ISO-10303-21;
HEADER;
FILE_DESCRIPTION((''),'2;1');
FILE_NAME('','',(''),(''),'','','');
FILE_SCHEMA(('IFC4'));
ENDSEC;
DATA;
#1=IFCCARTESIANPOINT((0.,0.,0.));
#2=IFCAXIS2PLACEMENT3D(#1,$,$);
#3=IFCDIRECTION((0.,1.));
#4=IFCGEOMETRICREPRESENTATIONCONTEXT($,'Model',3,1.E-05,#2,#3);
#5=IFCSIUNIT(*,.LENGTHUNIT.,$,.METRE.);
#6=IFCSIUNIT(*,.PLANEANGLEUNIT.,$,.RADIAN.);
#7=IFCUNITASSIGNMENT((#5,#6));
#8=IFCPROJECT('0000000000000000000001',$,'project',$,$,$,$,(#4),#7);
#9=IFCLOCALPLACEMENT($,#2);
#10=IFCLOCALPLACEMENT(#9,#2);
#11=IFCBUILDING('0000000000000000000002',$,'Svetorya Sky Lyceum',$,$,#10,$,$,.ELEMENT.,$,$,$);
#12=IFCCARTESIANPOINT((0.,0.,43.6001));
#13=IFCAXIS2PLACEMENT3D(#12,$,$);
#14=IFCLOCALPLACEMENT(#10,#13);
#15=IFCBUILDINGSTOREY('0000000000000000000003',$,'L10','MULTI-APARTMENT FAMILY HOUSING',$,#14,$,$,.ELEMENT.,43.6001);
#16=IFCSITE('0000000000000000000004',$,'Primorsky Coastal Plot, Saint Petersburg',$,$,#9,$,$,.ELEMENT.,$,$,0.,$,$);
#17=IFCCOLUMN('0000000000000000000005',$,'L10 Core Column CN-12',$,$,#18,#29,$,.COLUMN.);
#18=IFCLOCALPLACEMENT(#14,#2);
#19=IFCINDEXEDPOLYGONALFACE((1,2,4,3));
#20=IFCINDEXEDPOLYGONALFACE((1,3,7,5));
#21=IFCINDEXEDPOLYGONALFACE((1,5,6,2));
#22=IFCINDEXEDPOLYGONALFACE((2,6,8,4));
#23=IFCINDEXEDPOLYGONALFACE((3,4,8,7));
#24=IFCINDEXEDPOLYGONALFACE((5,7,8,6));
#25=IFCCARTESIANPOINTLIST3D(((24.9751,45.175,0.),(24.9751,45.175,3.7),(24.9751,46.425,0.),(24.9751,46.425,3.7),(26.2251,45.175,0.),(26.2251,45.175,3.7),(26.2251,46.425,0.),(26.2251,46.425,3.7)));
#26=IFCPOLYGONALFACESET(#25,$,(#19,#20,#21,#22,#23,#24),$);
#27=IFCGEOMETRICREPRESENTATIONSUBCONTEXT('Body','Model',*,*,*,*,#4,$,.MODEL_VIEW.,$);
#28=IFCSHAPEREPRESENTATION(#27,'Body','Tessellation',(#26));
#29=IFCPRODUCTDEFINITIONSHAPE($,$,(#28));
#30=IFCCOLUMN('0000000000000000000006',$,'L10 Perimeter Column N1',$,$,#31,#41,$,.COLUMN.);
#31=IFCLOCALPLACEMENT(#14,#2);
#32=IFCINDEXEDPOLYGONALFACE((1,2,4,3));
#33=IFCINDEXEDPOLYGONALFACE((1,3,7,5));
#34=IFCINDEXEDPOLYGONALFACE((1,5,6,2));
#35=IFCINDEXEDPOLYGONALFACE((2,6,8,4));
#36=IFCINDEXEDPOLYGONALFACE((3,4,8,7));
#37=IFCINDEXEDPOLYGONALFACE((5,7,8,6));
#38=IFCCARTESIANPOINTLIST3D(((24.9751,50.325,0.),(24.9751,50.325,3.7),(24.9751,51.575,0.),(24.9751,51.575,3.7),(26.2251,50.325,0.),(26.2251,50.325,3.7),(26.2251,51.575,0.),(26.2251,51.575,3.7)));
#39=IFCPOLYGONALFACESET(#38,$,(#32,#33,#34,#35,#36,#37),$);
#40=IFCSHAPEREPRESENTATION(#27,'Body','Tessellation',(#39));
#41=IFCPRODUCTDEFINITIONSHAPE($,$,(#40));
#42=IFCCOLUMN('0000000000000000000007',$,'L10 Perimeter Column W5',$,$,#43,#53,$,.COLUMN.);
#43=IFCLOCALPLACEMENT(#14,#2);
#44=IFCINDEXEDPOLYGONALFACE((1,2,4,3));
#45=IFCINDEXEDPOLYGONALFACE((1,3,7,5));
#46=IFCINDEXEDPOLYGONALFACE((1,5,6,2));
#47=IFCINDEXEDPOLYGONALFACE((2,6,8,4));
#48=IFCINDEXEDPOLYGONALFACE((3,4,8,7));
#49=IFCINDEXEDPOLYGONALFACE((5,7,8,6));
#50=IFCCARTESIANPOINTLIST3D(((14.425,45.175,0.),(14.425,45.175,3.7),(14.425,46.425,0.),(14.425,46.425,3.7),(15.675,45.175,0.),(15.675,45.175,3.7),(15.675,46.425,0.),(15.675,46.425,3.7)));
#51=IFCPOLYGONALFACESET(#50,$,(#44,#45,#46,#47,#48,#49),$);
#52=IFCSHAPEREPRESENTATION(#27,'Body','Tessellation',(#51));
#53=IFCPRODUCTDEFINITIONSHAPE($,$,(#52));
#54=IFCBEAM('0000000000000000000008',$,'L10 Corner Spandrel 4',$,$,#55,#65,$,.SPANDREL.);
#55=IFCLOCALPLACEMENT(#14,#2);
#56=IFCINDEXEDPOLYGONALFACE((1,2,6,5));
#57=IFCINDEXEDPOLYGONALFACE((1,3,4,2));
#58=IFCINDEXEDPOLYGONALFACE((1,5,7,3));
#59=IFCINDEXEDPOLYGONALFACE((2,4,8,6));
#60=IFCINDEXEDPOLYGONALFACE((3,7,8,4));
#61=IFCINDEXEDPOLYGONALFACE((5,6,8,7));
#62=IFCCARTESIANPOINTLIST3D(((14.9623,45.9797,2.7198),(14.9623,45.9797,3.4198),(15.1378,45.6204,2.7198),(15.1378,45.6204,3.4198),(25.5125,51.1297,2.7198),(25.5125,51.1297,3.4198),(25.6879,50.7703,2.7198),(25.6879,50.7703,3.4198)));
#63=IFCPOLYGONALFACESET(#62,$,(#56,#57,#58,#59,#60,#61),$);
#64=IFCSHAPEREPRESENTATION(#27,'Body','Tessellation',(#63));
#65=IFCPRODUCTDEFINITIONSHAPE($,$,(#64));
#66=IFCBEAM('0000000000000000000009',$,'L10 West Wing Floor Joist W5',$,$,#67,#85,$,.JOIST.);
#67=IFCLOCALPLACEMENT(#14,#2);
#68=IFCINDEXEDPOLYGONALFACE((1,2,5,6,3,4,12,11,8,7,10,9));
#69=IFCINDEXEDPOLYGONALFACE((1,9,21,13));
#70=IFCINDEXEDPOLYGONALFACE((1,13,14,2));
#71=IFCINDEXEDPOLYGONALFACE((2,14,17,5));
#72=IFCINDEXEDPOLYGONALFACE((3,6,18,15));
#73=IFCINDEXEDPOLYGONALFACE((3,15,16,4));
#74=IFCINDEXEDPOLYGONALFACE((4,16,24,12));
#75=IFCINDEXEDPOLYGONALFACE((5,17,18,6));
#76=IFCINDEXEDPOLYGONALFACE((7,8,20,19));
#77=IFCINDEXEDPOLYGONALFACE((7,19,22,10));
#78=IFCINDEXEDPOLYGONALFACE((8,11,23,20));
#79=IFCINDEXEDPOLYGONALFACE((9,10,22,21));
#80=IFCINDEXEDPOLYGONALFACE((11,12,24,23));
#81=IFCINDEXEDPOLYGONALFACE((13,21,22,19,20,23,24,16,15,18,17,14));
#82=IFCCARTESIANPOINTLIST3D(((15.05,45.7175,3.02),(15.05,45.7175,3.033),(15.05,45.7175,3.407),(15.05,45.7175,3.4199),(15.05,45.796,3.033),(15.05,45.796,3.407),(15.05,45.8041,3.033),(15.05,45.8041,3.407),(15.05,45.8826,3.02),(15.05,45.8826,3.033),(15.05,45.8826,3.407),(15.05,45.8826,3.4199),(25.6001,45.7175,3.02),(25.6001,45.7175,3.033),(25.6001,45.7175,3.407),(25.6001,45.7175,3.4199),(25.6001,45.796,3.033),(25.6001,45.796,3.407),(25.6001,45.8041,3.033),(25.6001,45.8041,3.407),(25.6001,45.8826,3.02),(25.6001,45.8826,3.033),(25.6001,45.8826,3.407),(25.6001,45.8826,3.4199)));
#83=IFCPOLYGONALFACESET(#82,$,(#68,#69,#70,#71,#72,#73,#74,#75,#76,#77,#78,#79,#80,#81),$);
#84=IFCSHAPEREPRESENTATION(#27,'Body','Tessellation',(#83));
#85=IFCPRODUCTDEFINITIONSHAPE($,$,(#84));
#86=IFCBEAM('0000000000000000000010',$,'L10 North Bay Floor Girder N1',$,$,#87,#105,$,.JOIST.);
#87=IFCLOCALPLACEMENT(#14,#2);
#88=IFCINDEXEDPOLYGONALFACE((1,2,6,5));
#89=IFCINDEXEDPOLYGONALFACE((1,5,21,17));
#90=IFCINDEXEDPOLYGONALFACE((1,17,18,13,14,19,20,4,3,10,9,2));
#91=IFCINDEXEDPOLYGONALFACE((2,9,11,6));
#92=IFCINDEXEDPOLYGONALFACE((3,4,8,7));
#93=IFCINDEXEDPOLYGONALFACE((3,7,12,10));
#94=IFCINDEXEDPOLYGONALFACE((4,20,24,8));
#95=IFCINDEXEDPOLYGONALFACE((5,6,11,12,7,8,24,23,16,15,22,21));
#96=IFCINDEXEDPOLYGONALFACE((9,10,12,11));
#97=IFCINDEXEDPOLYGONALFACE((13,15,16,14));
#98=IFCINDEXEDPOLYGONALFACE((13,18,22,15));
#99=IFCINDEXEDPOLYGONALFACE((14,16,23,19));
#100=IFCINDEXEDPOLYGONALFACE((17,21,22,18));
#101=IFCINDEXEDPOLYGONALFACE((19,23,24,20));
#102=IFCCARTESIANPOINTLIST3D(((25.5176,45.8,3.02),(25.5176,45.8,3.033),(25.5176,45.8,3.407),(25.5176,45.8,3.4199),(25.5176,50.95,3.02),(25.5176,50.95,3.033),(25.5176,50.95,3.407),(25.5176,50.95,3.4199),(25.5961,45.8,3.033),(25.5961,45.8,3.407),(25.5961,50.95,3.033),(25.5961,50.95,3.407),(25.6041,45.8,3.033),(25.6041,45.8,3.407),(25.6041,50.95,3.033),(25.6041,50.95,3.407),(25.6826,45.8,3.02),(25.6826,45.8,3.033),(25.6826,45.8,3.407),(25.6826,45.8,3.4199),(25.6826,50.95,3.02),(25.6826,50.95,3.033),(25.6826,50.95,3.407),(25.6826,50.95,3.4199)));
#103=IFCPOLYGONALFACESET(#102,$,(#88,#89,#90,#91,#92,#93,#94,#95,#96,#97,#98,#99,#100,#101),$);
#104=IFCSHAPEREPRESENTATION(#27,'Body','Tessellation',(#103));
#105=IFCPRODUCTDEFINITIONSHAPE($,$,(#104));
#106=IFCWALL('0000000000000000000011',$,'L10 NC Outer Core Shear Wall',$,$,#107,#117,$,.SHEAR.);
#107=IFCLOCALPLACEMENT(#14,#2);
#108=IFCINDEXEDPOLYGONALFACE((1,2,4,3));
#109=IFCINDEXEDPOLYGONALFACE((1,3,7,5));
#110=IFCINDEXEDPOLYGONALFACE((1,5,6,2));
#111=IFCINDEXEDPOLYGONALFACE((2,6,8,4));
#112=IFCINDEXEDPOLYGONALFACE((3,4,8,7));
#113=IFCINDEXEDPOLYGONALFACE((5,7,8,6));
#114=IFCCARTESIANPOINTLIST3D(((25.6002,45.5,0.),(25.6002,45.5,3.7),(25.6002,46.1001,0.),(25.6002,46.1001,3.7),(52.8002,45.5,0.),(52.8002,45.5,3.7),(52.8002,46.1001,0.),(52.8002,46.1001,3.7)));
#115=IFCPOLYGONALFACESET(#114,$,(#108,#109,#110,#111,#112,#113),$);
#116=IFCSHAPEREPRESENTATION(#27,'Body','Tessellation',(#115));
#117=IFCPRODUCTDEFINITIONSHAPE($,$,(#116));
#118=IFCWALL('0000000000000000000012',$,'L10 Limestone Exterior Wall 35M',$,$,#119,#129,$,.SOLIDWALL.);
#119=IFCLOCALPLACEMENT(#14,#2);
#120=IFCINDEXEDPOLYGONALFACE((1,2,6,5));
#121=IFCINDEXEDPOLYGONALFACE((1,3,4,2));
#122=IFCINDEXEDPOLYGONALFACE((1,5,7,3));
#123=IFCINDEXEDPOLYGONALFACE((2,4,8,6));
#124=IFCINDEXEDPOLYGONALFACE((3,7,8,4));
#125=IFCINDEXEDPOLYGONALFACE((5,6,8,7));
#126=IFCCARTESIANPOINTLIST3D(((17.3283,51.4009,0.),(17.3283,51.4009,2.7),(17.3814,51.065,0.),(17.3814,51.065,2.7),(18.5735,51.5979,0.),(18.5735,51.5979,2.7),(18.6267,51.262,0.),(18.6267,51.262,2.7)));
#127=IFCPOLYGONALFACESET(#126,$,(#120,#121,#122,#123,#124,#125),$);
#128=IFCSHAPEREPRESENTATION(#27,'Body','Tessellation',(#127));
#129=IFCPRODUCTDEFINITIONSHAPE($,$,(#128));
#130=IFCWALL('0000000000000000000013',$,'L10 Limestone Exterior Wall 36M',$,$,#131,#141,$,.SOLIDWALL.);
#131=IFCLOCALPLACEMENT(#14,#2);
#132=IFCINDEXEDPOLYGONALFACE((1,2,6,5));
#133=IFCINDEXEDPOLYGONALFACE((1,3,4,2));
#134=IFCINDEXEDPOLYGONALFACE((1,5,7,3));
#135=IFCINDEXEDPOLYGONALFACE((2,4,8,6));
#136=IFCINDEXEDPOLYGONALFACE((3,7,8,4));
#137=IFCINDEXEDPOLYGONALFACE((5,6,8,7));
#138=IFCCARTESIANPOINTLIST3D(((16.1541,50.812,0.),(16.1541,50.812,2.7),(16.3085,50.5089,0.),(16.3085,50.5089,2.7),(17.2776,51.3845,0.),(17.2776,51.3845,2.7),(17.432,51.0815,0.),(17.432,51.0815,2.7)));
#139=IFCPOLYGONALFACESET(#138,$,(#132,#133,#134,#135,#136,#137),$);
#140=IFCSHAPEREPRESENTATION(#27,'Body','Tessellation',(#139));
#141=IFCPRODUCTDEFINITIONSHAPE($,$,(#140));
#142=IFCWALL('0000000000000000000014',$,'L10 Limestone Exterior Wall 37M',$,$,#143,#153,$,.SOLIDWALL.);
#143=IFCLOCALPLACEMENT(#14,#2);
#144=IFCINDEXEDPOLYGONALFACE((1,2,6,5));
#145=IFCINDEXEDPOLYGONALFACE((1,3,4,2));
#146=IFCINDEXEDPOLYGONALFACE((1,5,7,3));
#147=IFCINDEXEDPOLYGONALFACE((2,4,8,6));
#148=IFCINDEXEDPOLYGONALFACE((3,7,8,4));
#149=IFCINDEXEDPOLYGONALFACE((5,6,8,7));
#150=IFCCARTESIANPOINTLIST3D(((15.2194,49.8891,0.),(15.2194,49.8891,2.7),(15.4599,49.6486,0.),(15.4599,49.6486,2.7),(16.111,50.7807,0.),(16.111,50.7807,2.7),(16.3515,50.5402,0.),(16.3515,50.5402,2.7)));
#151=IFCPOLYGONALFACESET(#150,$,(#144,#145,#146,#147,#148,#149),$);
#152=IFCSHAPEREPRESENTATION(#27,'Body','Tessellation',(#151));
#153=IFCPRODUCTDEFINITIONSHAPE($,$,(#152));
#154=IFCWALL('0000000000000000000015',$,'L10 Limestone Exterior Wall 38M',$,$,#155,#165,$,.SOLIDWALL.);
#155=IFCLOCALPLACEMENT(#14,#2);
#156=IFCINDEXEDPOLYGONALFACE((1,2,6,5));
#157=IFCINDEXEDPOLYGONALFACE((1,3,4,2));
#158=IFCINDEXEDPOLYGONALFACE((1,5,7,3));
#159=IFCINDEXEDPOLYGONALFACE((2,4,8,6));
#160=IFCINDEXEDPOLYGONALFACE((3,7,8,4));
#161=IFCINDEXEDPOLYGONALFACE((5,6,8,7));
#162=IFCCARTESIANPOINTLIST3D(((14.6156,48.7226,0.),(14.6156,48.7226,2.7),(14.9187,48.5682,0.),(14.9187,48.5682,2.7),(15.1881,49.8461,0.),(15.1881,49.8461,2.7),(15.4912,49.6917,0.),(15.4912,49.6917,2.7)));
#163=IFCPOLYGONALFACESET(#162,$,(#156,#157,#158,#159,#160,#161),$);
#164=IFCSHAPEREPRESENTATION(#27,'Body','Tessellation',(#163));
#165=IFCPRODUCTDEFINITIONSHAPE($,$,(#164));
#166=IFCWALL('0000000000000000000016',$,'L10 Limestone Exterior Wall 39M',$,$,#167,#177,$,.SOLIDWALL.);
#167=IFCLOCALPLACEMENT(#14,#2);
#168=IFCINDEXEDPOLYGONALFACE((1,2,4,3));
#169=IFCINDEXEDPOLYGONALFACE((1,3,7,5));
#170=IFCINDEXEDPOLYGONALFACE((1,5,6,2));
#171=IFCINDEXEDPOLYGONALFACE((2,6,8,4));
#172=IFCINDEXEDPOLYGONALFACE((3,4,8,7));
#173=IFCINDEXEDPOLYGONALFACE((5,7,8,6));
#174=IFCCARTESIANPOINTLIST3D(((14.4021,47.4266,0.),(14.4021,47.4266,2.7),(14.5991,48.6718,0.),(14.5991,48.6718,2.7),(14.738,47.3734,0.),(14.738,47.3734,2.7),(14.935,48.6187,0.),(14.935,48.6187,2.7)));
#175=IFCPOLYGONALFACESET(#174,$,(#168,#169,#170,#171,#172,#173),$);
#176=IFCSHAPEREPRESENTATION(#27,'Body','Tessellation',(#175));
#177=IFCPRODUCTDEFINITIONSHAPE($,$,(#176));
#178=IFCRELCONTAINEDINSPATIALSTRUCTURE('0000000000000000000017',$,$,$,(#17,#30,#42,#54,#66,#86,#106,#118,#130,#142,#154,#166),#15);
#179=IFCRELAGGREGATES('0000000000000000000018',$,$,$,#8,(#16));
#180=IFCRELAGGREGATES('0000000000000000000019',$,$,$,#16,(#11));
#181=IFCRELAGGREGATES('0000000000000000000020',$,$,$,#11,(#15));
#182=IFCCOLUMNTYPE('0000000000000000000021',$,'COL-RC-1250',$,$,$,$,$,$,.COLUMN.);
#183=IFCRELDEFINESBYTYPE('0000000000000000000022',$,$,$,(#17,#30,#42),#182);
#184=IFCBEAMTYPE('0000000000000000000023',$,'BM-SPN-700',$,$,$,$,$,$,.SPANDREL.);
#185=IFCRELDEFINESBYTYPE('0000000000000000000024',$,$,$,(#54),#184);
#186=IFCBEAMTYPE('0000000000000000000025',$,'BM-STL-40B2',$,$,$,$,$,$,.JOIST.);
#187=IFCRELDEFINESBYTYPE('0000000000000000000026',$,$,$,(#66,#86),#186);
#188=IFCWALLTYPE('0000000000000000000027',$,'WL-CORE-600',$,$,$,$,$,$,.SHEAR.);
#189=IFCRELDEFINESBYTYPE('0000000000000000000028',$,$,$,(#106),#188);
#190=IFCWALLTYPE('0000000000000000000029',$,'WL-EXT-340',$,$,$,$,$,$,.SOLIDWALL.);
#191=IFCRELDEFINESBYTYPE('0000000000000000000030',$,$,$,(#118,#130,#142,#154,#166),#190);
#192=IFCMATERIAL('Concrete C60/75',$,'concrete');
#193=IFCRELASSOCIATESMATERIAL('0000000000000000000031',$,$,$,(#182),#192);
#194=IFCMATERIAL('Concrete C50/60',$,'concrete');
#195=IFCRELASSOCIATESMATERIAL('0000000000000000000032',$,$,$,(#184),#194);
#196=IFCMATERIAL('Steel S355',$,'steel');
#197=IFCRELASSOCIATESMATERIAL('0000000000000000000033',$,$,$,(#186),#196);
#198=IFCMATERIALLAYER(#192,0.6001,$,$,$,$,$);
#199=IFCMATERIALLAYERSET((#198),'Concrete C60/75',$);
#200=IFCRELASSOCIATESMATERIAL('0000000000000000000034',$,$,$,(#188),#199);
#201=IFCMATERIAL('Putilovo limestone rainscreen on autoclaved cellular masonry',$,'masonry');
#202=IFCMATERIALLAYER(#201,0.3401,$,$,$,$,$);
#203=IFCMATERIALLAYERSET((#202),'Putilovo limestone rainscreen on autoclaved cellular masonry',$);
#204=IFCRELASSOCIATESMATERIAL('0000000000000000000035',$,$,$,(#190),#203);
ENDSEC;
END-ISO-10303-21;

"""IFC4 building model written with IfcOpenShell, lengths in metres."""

from ifc_helpers import new_model, si_unit, direction, frame, frame_2d, origin, origin_2d, place, context, subcontext, project, spatial, rectangle, i_section, extrude, material, layer, layer_set, material_profile, profile_set, type_object, element, save


model = new_model("IFC4")

# Units and contexts
model_context = context("Model", 3, precision=1e-05, world=origin(), true_north=direction((0.0, 1.0)))
body_context = subcontext(model_context, "Body", "Model", "MODEL_VIEW")
ifc_project = project(units=[si_unit("LENGTHUNIT", "METRE"), si_unit("PLANEANGLEUNIT", "RADIAN")], contexts=[model_context])

# Site, building, storey
site_placement = place(None, origin())
site = spatial("IfcSite", under=ifc_project, at=site_placement, Name="Primorsky Coastal Plot, Saint Petersburg", CompositionType="ELEMENT", RefElevation=0.0)
building_placement = place(site_placement, origin())
building = spatial("IfcBuilding", under=site, at=building_placement, Name="Svetorya Sky Lyceum", CompositionType="ELEMENT")
storey_placement = place(building_placement, frame((0.0, 0.0, 43.6001)))
storey = spatial("IfcBuildingStorey", under=building, at=storey_placement, Name="L10", Description="MULTI-APARTMENT FAMILY HOUSING", CompositionType="ELEMENT", Elevation=43.6001)

# Columns
ifc_material_1 = material(Name="Concrete C60/75", Category="concrete")
ifc_material_profile_1 = material_profile(ifc_material_1, rectangle(XDim=1.25, YDim=1.25, at=origin_2d()), Name="RC COL 1250x1250")
ifc_profile_set_1 = profile_set([ifc_material_profile_1], Name="Concrete C60/75")
column_type = type_object("IfcColumnType", Name="COL-RC-1250", PredefinedType="COLUMN", material=ifc_profile_set_1)
for number, where, z_axis, x_axis, name in (
    (1, (25.6001, 45.8, 0.0), (0.0, 0.0, 1.0), (1.0, 0.0, 0.0), "L10 Core Column CN-12"),
    (2, (25.6001, 50.95, 0.0), (0.0, 0.0, 1.0), (1.0, 0.0, 0.0), "L10 Perimeter Column N1"),
    (3, (15.05, 45.8, 0.0), (0.0, 0.0, 1.0), (1.0, 0.0, 0.0), "L10 Perimeter Column W5"),
):
    element("IfcColumn", number, at=place(storey_placement, frame(where, z_axis=z_axis, x_axis=x_axis)), inside=storey, type_object=column_type, Name=name, PredefinedType="COLUMN", context=body_context, shape_type="SweptSolid", body=[
        extrude(rectangle(XDim=1.25, YDim=1.25, at=origin_2d()), origin(), (0.0, 0.0, 1.0), 3.7),
    ])

# Beams
ifc_material_2 = material(Name="Concrete C50/60", Category="concrete")
ifc_material_profile_2 = material_profile(ifc_material_2, rectangle(XDim=0.3999, YDim=0.7, at=origin_2d()), Name="RC SPANDREL 400x700")
ifc_profile_set_2 = profile_set([ifc_material_profile_2], Name="Concrete C50/60")
beam_type_1 = type_object("IfcBeamType", Name="BM-SPN-700", PredefinedType="SPANDREL", material=ifc_profile_set_2)
beam_1_placement = place(storey_placement, frame((15.05, 45.8, 3.0698), z_axis=(0.89865, 0.438667, 0.0), x_axis=(-0.438667, 0.89865, 0.0)))
element("IfcBeam", 4, at=beam_1_placement, inside=storey, type_object=beam_type_1, Name="L10 Corner Spandrel 4", PredefinedType="SPANDREL", context=body_context, shape_type="SweptSolid", body=[
    extrude(rectangle(XDim=0.3999, YDim=0.7, at=origin_2d()), origin(), (0.0, 0.0, 1.0), 11.74),
])
ifc_material_3 = material(Name="Steel S355", Category="steel")
ifc_material_profile_3 = material_profile(ifc_material_3, i_section(OverallWidth=0.165, OverallDepth=0.3999, WebThickness=0.0081, FlangeThickness=0.0129, at=origin_2d()), Name="GOST 40B2")
ifc_profile_set_3 = profile_set([ifc_material_profile_3], Name="Steel S355")
beam_type_2 = type_object("IfcBeamType", Name="BM-STL-40B2", PredefinedType="JOIST", material=ifc_profile_set_3)
beam_2_placement = place(storey_placement, frame((15.05, 45.8, 3.22), z_axis=(1.0, 0.0, 0.0), x_axis=(0.0, 1.0, 0.0)))
element("IfcBeam", 5, at=beam_2_placement, inside=storey, type_object=beam_type_2, Name="L10 West Wing Floor Joist W5", PredefinedType="JOIST", context=body_context, shape_type="SweptSolid", body=[
    extrude(i_section(OverallWidth=0.165, OverallDepth=0.3999, WebThickness=0.0081, FlangeThickness=0.0129, at=origin_2d()), origin(), (0.0, 0.0, 1.0), 10.55),
])
beam_3_placement = place(storey_placement, frame((25.6001, 45.8, 3.22), z_axis=(0.0, 1.0, 0.0), x_axis=(-1.0, 0.0, 0.0)))
element("IfcBeam", 6, at=beam_3_placement, inside=storey, type_object=beam_type_2, Name="L10 North Bay Floor Girder N1", PredefinedType="JOIST", context=body_context, shape_type="SweptSolid", body=[
    extrude(i_section(OverallWidth=0.165, OverallDepth=0.3999, WebThickness=0.0081, FlangeThickness=0.0129, at=origin_2d()), origin(), (0.0, 0.0, 1.0), 5.1499),
])

# Walls
ifc_layer_1 = layer(ifc_material_1, 0.6001)
ifc_layer_set_1 = layer_set([ifc_layer_1], Name="Concrete C60/75")
wall_type_1 = type_object("IfcWallType", Name="WL-CORE-600", PredefinedType="SHEAR", material=ifc_layer_set_1)
wall_1_placement = place(storey_placement, frame((25.6001, 45.8, 0.0), z_axis=(0.0, 0.0, 1.0), x_axis=(1.0, 0.0, 0.0)))
element("IfcWall", 7, at=wall_1_placement, inside=storey, type_object=wall_type_1, Name="L10 NC Outer Core Shear Wall", PredefinedType="SHEAR", context=body_context, shape_type="SweptSolid", body=[
    extrude(rectangle(XDim=27.2, YDim=0.6001, at=frame_2d((13.6001, 0.0))), origin(), (0.0, 0.0, 1.0), 3.7),
])
ifc_material_4 = material(Name="Putilovo limestone rainscreen on autoclaved cellular masonry", Category="masonry")
ifc_layer_2 = layer(ifc_material_4, 0.3401)
ifc_layer_set_2 = layer_set([ifc_layer_2], Name="Putilovo limestone rainscreen on autoclaved cellular masonry")
wall_type_2 = type_object("IfcWallType", Name="WL-EXT-340", PredefinedType="SOLIDWALL", material=ifc_layer_set_2)
wall_2_placement = place(storey_placement, frame((18.6001, 51.4299, 0.0), z_axis=(0.0, 0.0, 1.0), x_axis=(-0.987716, -0.156261, 0.0)))
element("IfcWall", 8, at=wall_2_placement, inside=storey, type_object=wall_type_2, Name="L10 Limestone Exterior Wall 35M", PredefinedType="SOLIDWALL", context=body_context, shape_type="SweptSolid", body=[
    extrude(rectangle(XDim=1.2607, YDim=0.3401, at=frame_2d((0.6304, 0.0))), origin(), (0.0, 0.0, 1.0), 2.7),
])
for number, where, z_axis, x_axis, name in (
    (9, (17.3547, 51.2329, 0.0), (0.0, 0.0, 1.0), (-0.890994, -0.454016, 0.0), "L10 Limestone Exterior Wall 36M"),
    (10, (16.2312, 50.6604, 0.0), (0.0, 0.0, 1.0), (-0.707107, -0.707107, 0.0), "L10 Limestone Exterior Wall 37M"),
    (11, (15.3396, 49.7688, 0.0), (0.0, 0.0, 1.0), (-0.454016, -0.890994, 0.0), "L10 Limestone Exterior Wall 38M"),
):
    element("IfcWall", number, at=place(storey_placement, frame(where, z_axis=z_axis, x_axis=x_axis)), inside=storey, type_object=wall_type_2, Name=name, PredefinedType="SOLIDWALL", context=body_context, shape_type="SweptSolid", body=[
        extrude(rectangle(XDim=1.261, YDim=0.3401, at=frame_2d((0.6304, 0.0))), origin(), (0.0, 0.0, 1.0), 2.7),
    ])
wall_3_placement = place(storey_placement, frame((14.7671, 48.6453, 0.0), z_axis=(0.0, 0.0, 1.0), x_axis=(-0.156261, -0.987716, 0.0)))
element("IfcWall", 12, at=wall_3_placement, inside=storey, type_object=wall_type_2, Name="L10 Limestone Exterior Wall 39M", PredefinedType="SOLIDWALL", context=body_context, shape_type="SweptSolid", body=[
    extrude(rectangle(XDim=1.2607, YDim=0.3401, at=frame_2d((0.6304, 0.0))), origin(), (0.0, 0.0, 1.0), 2.7),
])

save(model, "model.ifc")
